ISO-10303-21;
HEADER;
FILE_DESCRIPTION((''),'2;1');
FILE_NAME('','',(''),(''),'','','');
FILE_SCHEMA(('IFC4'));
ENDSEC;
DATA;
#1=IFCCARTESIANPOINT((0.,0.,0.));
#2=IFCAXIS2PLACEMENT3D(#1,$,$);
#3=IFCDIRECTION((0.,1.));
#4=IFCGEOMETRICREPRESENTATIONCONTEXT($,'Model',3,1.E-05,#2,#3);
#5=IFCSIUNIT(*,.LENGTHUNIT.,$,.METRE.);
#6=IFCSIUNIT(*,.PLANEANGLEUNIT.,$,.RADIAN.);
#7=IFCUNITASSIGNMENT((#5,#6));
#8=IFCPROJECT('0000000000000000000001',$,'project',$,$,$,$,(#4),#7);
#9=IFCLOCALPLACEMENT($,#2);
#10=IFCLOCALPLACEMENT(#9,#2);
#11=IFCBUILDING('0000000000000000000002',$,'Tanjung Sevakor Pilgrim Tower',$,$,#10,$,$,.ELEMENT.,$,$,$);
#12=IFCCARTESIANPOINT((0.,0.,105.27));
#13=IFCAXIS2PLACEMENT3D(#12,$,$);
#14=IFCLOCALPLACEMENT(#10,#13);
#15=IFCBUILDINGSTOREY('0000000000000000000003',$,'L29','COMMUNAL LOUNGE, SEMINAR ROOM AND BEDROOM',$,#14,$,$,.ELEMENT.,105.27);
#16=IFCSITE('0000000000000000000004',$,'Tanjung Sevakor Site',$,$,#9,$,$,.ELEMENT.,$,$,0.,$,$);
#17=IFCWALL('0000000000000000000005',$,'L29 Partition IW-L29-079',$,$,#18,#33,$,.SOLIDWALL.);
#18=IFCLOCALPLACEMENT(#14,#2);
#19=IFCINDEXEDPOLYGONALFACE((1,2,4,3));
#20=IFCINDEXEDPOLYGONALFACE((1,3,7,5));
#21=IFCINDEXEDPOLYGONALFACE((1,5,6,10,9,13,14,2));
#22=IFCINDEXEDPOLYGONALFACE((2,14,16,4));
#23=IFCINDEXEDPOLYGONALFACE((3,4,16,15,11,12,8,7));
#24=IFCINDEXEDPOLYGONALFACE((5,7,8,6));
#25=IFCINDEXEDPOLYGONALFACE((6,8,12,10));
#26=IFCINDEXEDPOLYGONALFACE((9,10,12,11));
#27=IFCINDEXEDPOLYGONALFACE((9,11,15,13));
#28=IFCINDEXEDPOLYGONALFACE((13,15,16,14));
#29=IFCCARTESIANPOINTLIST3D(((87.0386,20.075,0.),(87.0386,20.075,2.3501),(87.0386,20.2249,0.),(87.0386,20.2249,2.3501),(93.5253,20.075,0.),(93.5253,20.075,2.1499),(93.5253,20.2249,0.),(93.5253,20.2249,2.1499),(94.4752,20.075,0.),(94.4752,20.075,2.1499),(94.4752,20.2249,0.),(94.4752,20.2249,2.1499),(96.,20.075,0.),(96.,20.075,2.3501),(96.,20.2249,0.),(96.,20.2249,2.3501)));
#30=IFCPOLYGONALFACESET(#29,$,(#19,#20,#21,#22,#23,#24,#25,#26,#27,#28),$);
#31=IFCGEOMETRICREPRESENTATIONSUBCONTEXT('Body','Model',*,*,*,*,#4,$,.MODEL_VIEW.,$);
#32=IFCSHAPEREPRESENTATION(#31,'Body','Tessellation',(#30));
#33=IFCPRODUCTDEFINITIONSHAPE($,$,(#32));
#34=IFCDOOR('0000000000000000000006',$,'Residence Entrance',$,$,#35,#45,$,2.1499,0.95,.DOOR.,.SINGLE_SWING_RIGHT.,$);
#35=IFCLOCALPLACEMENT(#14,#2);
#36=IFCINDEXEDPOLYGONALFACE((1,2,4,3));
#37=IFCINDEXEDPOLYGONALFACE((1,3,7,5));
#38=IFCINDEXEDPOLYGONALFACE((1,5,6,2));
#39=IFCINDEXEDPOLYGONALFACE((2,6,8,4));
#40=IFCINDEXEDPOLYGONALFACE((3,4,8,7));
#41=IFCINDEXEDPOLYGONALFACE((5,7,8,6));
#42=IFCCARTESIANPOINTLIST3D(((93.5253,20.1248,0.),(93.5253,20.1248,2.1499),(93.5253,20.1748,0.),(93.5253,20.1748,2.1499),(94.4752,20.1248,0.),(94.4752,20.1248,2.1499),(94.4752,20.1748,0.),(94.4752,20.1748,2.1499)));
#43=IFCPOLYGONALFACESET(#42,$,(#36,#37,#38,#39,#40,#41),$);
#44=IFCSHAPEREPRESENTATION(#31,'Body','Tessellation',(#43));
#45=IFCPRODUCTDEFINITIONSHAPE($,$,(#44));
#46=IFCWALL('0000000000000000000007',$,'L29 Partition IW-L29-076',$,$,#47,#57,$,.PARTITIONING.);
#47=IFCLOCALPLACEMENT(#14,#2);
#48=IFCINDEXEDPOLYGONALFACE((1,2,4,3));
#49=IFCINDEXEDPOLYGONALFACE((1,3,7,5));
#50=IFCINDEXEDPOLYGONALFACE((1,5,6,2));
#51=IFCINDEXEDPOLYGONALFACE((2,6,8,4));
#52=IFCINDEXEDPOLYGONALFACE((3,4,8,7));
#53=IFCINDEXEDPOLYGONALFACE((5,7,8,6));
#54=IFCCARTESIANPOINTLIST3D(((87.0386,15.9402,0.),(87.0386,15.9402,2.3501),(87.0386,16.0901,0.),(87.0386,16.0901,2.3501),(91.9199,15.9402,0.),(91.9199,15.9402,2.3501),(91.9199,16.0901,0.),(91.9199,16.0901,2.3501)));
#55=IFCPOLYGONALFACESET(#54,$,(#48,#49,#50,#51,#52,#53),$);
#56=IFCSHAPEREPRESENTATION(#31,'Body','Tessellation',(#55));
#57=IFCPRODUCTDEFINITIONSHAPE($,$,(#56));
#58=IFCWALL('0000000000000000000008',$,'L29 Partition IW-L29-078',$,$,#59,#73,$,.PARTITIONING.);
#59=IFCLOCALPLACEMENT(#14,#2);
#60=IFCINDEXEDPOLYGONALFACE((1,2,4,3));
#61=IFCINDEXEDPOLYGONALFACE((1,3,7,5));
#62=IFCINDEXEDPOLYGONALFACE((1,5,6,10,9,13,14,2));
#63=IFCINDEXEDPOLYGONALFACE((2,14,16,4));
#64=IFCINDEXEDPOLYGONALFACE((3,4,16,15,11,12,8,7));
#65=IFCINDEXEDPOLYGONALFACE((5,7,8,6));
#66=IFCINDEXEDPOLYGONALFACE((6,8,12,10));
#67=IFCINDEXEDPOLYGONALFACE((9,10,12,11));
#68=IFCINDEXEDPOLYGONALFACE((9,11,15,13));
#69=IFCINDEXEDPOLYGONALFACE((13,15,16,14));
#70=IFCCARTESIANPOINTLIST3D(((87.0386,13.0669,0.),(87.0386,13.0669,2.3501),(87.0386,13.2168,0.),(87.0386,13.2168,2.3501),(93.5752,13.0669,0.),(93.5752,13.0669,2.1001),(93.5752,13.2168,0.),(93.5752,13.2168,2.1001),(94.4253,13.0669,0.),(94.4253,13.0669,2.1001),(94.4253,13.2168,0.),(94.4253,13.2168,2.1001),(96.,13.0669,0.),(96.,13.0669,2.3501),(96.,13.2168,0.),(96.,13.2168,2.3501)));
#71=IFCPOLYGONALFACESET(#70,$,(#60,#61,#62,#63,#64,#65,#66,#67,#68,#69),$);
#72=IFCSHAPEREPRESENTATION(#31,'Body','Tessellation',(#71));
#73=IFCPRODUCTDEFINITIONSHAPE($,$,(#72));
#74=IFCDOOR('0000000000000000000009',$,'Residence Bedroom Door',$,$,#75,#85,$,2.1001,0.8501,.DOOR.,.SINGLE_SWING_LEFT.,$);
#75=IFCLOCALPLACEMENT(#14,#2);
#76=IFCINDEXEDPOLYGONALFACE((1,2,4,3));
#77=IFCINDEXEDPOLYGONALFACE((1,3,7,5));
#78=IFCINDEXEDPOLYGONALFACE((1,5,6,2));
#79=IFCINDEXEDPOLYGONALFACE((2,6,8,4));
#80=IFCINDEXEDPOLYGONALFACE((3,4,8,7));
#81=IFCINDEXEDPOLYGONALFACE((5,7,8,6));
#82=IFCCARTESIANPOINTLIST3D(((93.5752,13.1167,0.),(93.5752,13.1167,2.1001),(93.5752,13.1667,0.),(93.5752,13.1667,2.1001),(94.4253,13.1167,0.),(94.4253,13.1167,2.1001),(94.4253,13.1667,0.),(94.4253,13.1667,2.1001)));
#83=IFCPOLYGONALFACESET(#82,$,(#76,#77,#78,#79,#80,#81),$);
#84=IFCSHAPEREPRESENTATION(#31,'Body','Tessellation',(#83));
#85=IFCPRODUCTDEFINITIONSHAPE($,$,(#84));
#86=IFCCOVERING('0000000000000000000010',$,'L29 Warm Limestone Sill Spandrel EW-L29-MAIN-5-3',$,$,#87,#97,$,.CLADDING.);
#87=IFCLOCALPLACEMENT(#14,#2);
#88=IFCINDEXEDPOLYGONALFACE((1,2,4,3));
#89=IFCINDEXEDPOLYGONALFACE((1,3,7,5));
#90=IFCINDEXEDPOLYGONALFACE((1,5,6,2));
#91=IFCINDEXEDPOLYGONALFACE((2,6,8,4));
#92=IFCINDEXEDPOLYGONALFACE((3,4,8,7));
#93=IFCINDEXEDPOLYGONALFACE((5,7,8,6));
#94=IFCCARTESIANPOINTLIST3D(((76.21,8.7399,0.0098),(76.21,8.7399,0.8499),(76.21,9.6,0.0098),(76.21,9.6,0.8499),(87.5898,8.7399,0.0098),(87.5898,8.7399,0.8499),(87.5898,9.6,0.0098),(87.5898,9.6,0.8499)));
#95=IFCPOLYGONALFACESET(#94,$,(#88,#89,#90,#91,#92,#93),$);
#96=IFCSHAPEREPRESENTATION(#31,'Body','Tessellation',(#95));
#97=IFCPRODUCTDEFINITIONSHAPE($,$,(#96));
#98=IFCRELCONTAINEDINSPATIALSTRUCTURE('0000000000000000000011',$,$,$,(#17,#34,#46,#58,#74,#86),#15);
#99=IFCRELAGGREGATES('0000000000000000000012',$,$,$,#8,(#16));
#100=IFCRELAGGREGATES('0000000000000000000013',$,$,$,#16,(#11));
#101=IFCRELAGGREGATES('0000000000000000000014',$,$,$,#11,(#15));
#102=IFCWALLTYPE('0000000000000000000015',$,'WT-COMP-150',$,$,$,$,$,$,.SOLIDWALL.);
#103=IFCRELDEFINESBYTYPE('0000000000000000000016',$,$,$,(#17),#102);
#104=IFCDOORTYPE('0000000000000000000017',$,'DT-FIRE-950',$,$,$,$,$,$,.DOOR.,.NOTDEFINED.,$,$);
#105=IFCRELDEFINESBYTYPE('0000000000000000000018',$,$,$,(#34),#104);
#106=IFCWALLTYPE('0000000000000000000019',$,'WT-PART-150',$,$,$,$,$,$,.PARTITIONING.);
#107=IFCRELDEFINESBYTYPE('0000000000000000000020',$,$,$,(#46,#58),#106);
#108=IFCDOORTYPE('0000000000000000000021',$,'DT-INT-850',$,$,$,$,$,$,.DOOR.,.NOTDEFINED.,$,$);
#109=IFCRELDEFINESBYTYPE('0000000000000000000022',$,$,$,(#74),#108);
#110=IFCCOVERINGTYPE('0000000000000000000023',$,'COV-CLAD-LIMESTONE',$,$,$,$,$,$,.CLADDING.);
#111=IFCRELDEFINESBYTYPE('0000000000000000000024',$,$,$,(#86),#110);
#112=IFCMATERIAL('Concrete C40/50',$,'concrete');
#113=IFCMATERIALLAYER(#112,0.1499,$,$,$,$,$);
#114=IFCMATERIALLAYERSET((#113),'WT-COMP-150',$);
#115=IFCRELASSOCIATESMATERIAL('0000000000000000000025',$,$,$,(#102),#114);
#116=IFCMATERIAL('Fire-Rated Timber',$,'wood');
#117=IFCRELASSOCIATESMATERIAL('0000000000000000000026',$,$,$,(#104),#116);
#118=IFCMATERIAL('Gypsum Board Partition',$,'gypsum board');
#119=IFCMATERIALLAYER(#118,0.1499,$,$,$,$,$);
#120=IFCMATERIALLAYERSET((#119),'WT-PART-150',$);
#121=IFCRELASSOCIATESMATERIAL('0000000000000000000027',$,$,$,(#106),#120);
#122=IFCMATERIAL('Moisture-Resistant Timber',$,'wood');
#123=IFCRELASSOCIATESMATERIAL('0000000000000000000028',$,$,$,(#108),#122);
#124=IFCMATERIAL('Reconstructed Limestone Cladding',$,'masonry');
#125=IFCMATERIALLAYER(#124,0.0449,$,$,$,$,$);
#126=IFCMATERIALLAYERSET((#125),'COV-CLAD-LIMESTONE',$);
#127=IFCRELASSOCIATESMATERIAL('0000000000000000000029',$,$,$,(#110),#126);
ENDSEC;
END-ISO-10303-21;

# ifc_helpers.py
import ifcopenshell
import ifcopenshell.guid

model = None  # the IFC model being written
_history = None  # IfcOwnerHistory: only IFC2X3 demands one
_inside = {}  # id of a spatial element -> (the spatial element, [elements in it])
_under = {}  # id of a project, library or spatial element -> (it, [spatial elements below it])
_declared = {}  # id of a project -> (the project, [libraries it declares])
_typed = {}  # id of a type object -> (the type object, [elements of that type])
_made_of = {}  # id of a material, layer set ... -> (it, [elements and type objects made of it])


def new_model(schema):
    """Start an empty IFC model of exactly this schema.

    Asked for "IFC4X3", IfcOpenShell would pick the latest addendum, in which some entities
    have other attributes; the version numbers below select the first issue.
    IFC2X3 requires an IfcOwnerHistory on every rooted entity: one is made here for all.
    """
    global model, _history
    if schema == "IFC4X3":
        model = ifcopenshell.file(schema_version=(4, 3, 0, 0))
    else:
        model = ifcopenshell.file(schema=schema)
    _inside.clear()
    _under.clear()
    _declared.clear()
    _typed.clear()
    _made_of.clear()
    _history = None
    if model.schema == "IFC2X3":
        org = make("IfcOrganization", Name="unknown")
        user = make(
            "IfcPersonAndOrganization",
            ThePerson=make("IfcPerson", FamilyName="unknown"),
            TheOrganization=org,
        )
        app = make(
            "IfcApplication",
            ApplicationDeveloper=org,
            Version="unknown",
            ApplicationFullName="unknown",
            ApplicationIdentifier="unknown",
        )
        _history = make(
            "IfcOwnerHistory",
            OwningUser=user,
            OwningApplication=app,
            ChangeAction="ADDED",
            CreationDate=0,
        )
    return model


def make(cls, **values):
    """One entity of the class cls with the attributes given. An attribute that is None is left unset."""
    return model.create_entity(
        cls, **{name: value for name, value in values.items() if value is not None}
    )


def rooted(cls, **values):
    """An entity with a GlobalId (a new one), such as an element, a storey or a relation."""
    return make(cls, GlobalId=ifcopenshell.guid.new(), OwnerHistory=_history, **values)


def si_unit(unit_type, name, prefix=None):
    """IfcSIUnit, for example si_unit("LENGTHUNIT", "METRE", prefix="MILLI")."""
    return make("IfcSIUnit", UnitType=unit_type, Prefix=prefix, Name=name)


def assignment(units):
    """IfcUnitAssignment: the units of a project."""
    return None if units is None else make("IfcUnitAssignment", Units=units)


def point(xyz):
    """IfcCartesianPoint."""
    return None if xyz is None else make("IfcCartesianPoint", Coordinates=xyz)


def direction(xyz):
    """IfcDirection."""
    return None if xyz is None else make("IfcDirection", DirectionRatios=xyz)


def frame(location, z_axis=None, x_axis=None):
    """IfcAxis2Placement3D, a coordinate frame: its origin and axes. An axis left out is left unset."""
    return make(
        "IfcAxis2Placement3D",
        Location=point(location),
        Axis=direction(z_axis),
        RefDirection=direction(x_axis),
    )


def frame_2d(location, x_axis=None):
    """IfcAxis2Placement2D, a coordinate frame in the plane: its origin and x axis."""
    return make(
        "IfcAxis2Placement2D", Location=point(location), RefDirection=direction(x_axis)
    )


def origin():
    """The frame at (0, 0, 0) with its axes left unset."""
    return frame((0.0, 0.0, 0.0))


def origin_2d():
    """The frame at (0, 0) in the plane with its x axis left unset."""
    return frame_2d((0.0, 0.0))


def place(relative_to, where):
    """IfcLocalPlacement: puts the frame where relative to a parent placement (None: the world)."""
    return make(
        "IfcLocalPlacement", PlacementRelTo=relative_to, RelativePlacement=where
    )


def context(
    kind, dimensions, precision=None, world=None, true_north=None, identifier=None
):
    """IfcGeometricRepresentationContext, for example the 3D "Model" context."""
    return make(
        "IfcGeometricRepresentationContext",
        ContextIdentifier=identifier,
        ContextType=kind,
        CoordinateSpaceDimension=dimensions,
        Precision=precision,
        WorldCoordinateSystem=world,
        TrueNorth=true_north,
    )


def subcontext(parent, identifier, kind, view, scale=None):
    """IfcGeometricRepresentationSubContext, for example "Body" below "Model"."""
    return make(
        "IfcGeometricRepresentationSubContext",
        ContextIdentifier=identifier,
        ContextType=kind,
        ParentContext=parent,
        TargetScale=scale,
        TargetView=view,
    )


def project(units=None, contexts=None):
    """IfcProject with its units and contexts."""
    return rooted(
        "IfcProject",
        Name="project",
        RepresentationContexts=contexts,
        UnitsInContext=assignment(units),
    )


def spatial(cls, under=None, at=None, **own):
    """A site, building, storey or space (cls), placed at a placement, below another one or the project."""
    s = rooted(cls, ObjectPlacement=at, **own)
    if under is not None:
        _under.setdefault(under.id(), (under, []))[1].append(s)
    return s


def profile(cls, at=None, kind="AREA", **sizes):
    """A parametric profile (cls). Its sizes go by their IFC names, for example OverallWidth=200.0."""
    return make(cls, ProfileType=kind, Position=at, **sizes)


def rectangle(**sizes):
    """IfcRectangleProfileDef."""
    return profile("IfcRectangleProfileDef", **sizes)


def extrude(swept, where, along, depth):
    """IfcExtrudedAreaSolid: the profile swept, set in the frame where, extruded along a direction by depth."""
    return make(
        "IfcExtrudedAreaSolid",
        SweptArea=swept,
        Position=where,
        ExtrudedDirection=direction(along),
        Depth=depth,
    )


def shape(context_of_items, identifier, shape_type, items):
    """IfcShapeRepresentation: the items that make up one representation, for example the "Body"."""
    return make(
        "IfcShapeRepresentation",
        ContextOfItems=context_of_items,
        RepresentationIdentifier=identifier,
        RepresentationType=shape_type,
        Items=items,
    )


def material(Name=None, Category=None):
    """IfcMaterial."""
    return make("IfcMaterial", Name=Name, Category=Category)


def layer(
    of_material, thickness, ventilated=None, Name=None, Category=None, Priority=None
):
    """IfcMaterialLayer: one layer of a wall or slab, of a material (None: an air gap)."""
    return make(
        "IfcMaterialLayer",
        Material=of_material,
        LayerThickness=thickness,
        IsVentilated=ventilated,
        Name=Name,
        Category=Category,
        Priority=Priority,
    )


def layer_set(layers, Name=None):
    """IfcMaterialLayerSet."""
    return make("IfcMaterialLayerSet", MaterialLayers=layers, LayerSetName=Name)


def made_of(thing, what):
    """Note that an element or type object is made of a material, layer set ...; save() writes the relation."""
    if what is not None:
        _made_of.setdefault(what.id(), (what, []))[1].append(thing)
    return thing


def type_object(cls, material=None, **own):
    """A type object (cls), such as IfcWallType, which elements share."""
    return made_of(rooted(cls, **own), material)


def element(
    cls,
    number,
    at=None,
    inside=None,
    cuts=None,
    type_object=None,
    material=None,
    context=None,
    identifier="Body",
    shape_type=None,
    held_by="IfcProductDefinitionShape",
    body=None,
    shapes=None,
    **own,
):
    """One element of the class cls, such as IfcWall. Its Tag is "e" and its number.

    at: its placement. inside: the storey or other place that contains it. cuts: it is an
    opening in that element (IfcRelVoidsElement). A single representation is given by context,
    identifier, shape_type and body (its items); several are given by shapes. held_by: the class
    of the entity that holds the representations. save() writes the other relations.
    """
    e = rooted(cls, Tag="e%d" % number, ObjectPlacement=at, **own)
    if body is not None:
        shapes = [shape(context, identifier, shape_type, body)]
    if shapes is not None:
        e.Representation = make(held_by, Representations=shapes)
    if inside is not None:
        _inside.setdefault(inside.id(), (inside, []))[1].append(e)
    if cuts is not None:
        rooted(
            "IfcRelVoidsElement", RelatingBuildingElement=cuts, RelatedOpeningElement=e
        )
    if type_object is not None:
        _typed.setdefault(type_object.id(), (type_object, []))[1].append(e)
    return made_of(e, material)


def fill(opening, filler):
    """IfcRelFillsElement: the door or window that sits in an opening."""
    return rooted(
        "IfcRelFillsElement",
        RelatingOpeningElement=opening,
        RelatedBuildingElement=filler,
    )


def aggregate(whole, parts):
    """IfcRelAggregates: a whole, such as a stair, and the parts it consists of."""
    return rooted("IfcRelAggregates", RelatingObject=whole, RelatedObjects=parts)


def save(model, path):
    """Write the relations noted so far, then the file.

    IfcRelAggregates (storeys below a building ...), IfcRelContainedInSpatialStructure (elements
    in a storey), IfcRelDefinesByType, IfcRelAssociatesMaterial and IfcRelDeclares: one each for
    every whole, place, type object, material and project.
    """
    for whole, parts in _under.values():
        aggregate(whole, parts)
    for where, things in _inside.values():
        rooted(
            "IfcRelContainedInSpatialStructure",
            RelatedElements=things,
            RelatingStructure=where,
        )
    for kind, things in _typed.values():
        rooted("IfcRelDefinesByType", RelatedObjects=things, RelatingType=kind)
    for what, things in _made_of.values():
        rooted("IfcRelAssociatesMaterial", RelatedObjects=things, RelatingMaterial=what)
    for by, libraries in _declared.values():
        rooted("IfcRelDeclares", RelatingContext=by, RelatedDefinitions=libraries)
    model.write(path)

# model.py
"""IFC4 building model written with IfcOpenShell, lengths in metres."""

from ifc_helpers import new_model, si_unit, direction, frame, frame_2d, origin, origin_2d, place, context, subcontext, project, spatial, rectangle, extrude, material, layer, layer_set, type_object, element, fill, save


model = new_model("IFC4")

# Units and contexts
model_context = context("Model", 3, precision=1e-05, world=origin(), true_north=direction((0.0, 1.0)))
body_context = subcontext(model_context, "Body", "Model", "MODEL_VIEW")
ifc_project = project(units=[si_unit("LENGTHUNIT", "METRE"), si_unit("PLANEANGLEUNIT", "RADIAN")], contexts=[model_context])

# Site, building, storey
site_placement = place(None, origin())
site = spatial("IfcSite", under=ifc_project, at=site_placement, Name="Tanjung Sevakor Site", CompositionType="ELEMENT", RefElevation=0.0)
building_placement = place(site_placement, origin())
building = spatial("IfcBuilding", under=site, at=building_placement, Name="Tanjung Sevakor Pilgrim Tower", CompositionType="ELEMENT")
storey_placement = place(building_placement, frame((0.0, 0.0, 105.27)))
storey = spatial("IfcBuildingStorey", under=building, at=storey_placement, Name="L29", Description="COMMUNAL LOUNGE, SEMINAR ROOM AND BEDROOM", CompositionType="ELEMENT", Elevation=105.27)

# Shared definitions
ifc_material_1 = material(Name="Concrete C40/50", Category="concrete")
ifc_layer_1 = layer(ifc_material_1, 0.1499)
ifc_layer_set_1 = layer_set([ifc_layer_1], Name="WT-COMP-150")
wall_type_1 = type_object("IfcWallType", Name="WT-COMP-150", PredefinedType="SOLIDWALL", material=ifc_layer_set_1)

# Wall, opening, door
wall_1_placement = place(storey_placement, frame((87.0386, 20.1499, 0.0), z_axis=(0.0, 0.0, 1.0), x_axis=(1.0, 0.0, 0.0)))
wall_1 = element("IfcWall", 1, at=wall_1_placement, inside=storey, type_object=wall_type_1, Name="L29 Partition IW-L29-079", PredefinedType="SOLIDWALL", context=body_context, shape_type="SweptSolid", body=[
    extrude(rectangle(XDim=8.9614, YDim=0.1499, at=frame_2d((4.4807, 0.0))), origin(), (0.0, 0.0, 1.0), 2.3501),
])
opening_1_placement = place(wall_1_placement, frame((6.4866, 0.0, 0.0)))
opening_1 = element("IfcOpeningElement", 2, at=opening_1_placement, cuts=wall_1, PredefinedType="OPENING", context=body_context, shape_type="SweptSolid", body=[
    extrude(rectangle(XDim=0.95, YDim=2.1499, at=frame_2d((0.4751, 1.075))), frame((0.0, 0.085, 0.0), z_axis=(0.0, -1.0, 0.0), x_axis=(1.0, 0.0, 0.0)), (0.0, 0.0, 1.0), 0.1699),
])
ifc_material_2 = material(Name="Fire-Rated Timber", Category="wood")
door_type_1 = type_object("IfcDoorType", Name="DT-FIRE-950", OperationType="NOTDEFINED", PredefinedType="DOOR", material=ifc_material_2)
door_1_placement = place(opening_1_placement, origin())
door_1 = element("IfcDoor", 3, at=door_1_placement, inside=storey, type_object=door_type_1, Name="Residence Entrance", OperationType="SINGLE_SWING_RIGHT", OverallHeight=2.1499, OverallWidth=0.95, PredefinedType="DOOR", context=body_context, shape_type="SweptSolid", body=[
    extrude(rectangle(XDim=0.95, YDim=2.1499, at=frame_2d((0.4751, 1.075))), frame((0.0, 0.0249, 0.0), z_axis=(0.0, -1.0, 0.0), x_axis=(1.0, 0.0, 0.0)), (0.0, 0.0, 1.0), 0.05),
])
fill(opening_1, door_1)

# Wall
ifc_material_3 = material(Name="Gypsum Board Partition", Category="gypsum board")
ifc_layer_2 = layer(ifc_material_3, 0.1499)
ifc_layer_set_2 = layer_set([ifc_layer_2], Name="WT-PART-150")
wall_type_2 = type_object("IfcWallType", Name="WT-PART-150", PredefinedType="PARTITIONING", material=ifc_layer_set_2)
wall_2_placement = place(storey_placement, frame((87.0386, 16.0151, 0.0), z_axis=(0.0, 0.0, 1.0), x_axis=(1.0, 0.0, 0.0)))
element("IfcWall", 4, at=wall_2_placement, inside=storey, type_object=wall_type_2, Name="L29 Partition IW-L29-076", PredefinedType="PARTITIONING", context=body_context, shape_type="SweptSolid", body=[
    extrude(rectangle(XDim=4.8813, YDim=0.1499, at=frame_2d((2.4407, 0.0))), origin(), (0.0, 0.0, 1.0), 2.3501),
])

# Wall, opening, door
wall_3_placement = place(storey_placement, frame((87.0386, 13.1418, 0.0), z_axis=(0.0, 0.0, 1.0), x_axis=(1.0, 0.0, 0.0)))
wall_3 = element("IfcWall", 5, at=wall_3_placement, inside=storey, type_object=wall_type_2, Name="L29 Partition IW-L29-078", PredefinedType="PARTITIONING", context=body_context, shape_type="SweptSolid", body=[
    extrude(rectangle(XDim=8.9614, YDim=0.1499, at=frame_2d((4.4807, 0.0))), origin(), (0.0, 0.0, 1.0), 2.3501),
])
opening_2_placement = place(wall_3_placement, frame((6.5366, 0.0, 0.0)))
opening_2 = element("IfcOpeningElement", 6, at=opening_2_placement, cuts=wall_3, PredefinedType="OPENING", context=body_context, shape_type="SweptSolid", body=[
    extrude(rectangle(XDim=0.8501, YDim=2.1001, at=frame_2d((0.425, 1.05))), frame((0.0, 0.085, 0.0), z_axis=(0.0, -1.0, 0.0), x_axis=(1.0, 0.0, 0.0)), (0.0, 0.0, 1.0), 0.1699),
])
ifc_material_4 = material(Name="Moisture-Resistant Timber", Category="wood")
door_type_2 = type_object("IfcDoorType", Name="DT-INT-850", OperationType="NOTDEFINED", PredefinedType="DOOR", material=ifc_material_4)
door_2_placement = place(opening_2_placement, origin())
door_2 = element("IfcDoor", 7, at=door_2_placement, inside=storey, type_object=door_type_2, Name="Residence Bedroom Door", OperationType="SINGLE_SWING_LEFT", OverallHeight=2.1001, OverallWidth=0.8501, PredefinedType="DOOR", context=body_context, shape_type="SweptSolid", body=[
    extrude(rectangle(XDim=0.8501, YDim=2.1001, at=frame_2d((0.425, 1.05))), frame((0.0, 0.0249, 0.0), z_axis=(0.0, -1.0, 0.0), x_axis=(1.0, 0.0, 0.0)), (0.0, 0.0, 1.0), 0.05),
])
fill(opening_2, door_2)

# Covering
ifc_material_5 = material(Name="Reconstructed Limestone Cladding", Category="masonry")
ifc_layer_3 = layer(ifc_material_5, 0.0449)
ifc_layer_set_3 = layer_set([ifc_layer_3], Name="COV-CLAD-LIMESTONE")
covering_type = type_object("IfcCoveringType", Name="COV-CLAD-LIMESTONE", PredefinedType="CLADDING", material=ifc_layer_set_3)
covering_placement = place(storey_placement, frame((81.8999, 9.1699, 0.0098), z_axis=(0.0, 0.0, 1.0), x_axis=(1.0, 0.0, 0.0)))
element("IfcCovering", 8, at=covering_placement, inside=storey, type_object=covering_type, Name="L29 Warm Limestone Sill Spandrel EW-L29-MAIN-5-3", PredefinedType="CLADDING", context=body_context, shape_type="SweptSolid", body=[
    extrude(rectangle(XDim=11.3799, YDim=0.8601, at=origin_2d()), origin(), (0.0, 0.0, 1.0), 0.8401),
])

save(model, "model.ifc")
